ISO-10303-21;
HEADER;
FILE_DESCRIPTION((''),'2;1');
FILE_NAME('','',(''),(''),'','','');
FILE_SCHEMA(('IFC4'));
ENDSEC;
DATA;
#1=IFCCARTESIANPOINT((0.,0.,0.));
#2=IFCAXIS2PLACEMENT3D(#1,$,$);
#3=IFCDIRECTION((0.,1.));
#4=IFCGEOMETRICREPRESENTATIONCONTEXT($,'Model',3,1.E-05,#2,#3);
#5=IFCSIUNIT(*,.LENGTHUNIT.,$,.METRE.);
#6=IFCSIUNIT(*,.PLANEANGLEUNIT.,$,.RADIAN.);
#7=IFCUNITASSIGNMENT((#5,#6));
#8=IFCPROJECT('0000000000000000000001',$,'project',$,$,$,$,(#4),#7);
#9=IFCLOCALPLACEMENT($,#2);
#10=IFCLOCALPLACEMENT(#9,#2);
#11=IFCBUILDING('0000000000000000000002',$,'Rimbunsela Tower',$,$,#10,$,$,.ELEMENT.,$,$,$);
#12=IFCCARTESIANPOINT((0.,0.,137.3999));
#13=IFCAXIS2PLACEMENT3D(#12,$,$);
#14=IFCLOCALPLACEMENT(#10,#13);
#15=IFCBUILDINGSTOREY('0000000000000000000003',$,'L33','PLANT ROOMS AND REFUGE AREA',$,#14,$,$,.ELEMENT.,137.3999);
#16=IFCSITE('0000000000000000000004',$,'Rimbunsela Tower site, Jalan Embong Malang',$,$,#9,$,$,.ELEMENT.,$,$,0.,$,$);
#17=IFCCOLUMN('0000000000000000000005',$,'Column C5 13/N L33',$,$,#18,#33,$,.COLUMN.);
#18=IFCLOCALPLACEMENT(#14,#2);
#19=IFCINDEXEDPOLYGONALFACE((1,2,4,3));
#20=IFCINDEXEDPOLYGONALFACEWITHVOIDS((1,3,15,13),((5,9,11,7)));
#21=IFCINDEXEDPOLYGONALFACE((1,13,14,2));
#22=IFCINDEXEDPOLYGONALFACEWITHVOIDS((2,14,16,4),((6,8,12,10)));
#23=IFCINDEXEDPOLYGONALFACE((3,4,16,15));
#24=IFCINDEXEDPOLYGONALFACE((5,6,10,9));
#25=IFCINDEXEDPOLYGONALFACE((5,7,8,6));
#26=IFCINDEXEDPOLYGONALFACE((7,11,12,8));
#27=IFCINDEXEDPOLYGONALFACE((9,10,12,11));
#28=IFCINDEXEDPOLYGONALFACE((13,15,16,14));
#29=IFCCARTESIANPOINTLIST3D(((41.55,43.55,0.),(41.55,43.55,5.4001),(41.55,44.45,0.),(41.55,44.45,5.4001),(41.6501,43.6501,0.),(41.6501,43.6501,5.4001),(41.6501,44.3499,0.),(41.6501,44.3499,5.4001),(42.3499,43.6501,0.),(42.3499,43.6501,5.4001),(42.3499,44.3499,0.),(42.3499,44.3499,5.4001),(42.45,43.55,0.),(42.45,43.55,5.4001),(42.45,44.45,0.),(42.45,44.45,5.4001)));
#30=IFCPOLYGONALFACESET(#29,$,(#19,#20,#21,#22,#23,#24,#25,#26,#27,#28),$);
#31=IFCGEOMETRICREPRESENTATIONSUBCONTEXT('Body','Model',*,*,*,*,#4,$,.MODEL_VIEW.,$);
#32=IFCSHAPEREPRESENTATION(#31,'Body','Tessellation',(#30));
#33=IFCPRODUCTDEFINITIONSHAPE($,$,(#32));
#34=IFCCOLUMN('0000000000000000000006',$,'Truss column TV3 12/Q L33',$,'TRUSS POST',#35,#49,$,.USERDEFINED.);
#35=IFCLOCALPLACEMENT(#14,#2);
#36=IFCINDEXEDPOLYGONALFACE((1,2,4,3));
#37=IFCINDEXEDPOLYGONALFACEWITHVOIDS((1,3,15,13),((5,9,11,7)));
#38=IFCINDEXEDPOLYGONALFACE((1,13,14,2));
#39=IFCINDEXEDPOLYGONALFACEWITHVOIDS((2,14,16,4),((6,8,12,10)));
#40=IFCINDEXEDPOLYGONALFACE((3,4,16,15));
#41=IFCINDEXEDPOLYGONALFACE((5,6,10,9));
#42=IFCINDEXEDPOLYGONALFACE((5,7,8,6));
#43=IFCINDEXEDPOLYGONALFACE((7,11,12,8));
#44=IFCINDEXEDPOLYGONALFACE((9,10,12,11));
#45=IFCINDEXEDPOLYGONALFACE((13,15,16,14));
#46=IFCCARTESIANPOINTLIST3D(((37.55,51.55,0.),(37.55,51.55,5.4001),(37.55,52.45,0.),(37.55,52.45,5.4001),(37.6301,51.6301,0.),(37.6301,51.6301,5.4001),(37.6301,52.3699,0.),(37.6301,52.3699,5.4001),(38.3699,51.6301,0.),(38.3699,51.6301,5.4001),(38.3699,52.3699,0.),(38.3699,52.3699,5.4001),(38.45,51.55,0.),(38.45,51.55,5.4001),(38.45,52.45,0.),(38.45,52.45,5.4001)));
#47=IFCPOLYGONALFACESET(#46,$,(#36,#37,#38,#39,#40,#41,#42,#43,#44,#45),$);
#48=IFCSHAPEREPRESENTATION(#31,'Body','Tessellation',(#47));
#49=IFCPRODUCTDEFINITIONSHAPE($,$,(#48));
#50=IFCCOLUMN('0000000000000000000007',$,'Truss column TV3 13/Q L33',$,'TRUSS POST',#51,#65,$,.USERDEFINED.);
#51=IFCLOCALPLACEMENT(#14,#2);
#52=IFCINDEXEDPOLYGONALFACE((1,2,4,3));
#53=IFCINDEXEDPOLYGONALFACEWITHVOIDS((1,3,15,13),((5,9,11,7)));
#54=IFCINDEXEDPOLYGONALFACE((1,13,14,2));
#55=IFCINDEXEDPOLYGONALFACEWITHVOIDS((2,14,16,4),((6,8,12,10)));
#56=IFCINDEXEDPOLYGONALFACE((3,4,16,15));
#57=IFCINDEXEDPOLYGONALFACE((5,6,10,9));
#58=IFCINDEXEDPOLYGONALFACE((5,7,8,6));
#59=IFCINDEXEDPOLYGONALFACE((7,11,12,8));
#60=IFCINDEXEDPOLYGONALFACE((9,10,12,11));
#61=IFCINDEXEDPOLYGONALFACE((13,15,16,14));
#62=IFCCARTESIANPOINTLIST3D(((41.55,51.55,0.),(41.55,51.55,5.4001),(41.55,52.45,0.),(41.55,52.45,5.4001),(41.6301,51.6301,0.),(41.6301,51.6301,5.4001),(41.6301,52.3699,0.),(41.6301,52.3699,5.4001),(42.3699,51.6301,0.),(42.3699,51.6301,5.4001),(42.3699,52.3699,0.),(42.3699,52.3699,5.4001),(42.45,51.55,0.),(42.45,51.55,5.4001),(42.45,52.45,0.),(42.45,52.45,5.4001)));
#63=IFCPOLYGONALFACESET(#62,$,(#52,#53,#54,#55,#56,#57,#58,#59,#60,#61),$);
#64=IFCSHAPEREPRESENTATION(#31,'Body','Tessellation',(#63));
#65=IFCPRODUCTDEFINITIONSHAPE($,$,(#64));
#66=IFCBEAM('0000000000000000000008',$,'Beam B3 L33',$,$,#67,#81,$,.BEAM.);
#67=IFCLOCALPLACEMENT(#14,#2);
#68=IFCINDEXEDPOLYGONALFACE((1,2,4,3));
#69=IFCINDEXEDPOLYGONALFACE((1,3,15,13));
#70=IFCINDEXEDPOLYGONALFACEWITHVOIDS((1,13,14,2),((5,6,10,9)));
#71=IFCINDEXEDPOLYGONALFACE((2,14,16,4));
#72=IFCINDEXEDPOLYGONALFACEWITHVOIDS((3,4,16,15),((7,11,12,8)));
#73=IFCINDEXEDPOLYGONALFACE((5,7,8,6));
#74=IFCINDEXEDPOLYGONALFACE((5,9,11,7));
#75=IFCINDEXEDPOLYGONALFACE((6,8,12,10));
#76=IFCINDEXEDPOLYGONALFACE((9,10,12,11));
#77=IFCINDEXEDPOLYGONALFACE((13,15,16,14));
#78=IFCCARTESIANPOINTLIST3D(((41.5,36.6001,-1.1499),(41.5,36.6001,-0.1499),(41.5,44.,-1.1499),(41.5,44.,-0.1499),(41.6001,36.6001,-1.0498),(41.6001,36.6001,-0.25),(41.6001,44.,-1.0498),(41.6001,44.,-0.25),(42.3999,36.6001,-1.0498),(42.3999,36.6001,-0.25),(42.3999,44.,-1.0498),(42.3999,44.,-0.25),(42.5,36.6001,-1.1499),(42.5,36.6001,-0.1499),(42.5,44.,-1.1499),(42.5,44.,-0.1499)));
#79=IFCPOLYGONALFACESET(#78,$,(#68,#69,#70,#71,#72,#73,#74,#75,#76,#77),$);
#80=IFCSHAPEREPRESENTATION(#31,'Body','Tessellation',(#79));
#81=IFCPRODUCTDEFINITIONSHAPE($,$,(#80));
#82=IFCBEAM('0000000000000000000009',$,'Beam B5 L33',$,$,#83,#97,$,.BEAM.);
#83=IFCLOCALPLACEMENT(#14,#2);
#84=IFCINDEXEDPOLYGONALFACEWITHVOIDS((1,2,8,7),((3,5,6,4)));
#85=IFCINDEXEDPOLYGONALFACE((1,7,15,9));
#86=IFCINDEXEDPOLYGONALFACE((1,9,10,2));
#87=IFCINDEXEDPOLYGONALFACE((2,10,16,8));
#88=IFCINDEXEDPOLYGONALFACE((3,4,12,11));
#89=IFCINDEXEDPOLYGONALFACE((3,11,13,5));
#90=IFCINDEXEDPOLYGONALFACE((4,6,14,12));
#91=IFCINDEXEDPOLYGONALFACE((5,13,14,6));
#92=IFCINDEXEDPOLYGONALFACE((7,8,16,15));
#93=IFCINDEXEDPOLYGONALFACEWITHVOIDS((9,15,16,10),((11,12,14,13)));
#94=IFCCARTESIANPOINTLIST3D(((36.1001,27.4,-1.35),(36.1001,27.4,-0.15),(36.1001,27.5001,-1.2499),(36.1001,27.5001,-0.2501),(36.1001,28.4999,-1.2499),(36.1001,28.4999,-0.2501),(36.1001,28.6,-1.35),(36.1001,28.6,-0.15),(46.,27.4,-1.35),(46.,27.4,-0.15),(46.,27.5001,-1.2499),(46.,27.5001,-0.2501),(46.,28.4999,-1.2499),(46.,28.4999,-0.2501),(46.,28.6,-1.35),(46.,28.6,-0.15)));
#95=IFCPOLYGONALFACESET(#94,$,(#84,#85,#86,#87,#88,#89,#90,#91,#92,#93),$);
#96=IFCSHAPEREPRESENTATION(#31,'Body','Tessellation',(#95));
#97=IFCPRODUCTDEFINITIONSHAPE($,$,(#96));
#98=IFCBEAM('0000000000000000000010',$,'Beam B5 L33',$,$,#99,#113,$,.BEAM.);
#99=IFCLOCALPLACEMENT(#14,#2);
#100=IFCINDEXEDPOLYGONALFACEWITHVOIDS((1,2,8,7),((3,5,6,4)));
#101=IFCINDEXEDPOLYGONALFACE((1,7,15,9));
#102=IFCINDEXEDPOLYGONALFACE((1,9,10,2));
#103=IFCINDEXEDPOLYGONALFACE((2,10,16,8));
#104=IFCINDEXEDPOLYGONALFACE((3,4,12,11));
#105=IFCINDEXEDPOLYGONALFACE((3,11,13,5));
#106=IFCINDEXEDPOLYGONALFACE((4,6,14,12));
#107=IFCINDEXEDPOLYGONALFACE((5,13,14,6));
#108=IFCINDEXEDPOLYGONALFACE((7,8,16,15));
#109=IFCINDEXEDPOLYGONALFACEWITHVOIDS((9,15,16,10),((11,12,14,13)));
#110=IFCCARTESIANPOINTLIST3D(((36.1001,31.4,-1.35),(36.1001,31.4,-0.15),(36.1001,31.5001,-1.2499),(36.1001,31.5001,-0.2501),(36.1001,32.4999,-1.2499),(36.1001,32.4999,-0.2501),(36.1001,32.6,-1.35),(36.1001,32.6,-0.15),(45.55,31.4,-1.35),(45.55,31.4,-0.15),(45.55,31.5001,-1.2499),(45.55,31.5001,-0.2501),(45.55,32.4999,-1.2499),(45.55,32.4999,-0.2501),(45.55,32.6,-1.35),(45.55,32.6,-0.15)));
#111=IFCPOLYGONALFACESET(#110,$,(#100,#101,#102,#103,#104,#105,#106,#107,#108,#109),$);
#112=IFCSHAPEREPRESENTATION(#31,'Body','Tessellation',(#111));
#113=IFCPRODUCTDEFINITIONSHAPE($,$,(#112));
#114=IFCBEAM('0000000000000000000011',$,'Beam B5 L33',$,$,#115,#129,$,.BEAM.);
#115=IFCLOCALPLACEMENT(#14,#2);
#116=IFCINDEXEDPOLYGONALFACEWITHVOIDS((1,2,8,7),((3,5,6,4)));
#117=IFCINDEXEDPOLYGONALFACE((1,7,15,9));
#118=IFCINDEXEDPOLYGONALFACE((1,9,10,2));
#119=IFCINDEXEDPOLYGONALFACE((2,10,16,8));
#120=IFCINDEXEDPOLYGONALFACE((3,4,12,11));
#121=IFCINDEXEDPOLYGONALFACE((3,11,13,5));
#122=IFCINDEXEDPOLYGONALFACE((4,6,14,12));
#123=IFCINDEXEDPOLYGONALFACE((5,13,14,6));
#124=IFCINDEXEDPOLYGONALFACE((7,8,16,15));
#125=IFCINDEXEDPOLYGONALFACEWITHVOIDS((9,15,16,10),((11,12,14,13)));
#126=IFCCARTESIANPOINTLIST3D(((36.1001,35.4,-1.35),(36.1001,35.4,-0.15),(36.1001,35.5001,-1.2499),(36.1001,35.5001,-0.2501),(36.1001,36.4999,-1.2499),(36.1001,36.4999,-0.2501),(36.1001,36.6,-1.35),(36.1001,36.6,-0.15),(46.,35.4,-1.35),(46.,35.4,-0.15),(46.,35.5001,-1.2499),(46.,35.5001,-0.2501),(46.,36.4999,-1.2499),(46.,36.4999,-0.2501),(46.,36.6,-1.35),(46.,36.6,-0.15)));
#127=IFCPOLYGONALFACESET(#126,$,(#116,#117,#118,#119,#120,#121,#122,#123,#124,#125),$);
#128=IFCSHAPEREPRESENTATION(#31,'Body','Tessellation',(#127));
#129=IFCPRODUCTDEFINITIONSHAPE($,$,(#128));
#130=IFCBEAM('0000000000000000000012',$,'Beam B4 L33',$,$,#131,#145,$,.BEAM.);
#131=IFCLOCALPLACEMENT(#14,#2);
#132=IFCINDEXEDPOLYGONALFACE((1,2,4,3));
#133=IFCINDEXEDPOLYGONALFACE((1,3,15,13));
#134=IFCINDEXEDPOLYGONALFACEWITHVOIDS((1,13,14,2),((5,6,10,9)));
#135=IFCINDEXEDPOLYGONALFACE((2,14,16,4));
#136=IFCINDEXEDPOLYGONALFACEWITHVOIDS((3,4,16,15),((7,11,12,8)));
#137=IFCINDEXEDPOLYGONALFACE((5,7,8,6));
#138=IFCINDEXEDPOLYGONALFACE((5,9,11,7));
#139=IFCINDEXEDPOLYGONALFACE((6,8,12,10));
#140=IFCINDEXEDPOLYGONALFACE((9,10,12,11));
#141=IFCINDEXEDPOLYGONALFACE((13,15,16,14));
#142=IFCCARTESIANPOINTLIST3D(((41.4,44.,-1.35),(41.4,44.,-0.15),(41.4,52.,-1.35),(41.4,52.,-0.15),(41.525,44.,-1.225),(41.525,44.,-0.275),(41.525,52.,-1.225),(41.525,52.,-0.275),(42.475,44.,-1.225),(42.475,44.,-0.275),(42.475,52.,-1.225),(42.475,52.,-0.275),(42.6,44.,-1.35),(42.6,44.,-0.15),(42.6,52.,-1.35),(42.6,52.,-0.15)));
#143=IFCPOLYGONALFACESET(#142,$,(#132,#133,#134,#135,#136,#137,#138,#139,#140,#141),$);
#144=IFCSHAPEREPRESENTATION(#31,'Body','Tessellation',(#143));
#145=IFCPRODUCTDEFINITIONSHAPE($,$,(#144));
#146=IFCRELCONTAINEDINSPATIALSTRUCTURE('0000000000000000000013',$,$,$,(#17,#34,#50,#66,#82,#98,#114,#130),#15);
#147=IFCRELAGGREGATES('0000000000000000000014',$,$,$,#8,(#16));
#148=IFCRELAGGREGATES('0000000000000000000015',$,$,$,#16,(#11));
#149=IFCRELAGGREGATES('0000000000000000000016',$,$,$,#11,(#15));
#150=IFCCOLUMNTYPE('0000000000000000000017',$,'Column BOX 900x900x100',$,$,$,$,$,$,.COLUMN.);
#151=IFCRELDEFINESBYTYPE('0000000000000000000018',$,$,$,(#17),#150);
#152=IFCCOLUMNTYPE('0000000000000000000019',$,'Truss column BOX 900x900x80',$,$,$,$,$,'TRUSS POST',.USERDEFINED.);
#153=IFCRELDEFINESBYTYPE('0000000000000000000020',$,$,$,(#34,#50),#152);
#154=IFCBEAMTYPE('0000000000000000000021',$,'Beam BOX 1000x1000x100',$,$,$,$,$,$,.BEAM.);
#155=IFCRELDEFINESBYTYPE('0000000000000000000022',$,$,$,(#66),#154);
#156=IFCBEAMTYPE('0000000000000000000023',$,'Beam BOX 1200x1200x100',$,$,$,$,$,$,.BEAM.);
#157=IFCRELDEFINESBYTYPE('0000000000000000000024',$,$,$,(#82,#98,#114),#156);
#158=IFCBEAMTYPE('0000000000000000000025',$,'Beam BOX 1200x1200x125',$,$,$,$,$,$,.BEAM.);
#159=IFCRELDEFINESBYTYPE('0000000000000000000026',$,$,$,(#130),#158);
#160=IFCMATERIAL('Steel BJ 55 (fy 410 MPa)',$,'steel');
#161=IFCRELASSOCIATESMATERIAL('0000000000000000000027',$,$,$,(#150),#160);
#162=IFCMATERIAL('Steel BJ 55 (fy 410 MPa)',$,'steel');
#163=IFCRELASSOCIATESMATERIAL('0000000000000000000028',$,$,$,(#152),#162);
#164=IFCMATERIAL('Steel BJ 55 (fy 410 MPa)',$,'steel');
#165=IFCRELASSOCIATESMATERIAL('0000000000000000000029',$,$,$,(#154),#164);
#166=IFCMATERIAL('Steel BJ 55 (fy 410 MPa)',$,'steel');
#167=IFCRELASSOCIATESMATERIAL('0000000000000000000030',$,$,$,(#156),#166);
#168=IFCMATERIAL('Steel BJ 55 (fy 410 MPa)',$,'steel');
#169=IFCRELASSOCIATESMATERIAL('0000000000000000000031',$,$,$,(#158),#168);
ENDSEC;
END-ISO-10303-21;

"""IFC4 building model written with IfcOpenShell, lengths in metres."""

from ifc_helpers import new_model, si_unit, direction, frame, origin, origin_2d, place, context, subcontext, project, spatial, hollow_rectangle, extrude, material, material_profile, profile_set, type_object, element, save


model = new_model("IFC4")

# Units and contexts
model_context = context("Model", 3, precision=1e-05, world=origin(), true_north=direction((0.0, 1.0)))
body_context = subcontext(model_context, "Body", "Model", "MODEL_VIEW")
ifc_project = project(units=[si_unit("LENGTHUNIT", "METRE"), si_unit("PLANEANGLEUNIT", "RADIAN")], contexts=[model_context])

# Site, building, storey
site_placement = place(None, origin())
site = spatial("IfcSite", under=ifc_project, at=site_placement, Name="Rimbunsela Tower site, Jalan Embong Malang", CompositionType="ELEMENT", RefElevation=0.0)
building_placement = place(site_placement, origin())
building = spatial("IfcBuilding", under=site, at=building_placement, Name="Rimbunsela Tower", CompositionType="ELEMENT")
storey_placement = place(building_placement, frame((0.0, 0.0, 137.3999)))
storey = spatial("IfcBuildingStorey", under=building, at=storey_placement, Name="L33", Description="PLANT ROOMS AND REFUGE AREA", CompositionType="ELEMENT", Elevation=137.3999)

# Columns
ifc_material_1 = material(Name="Steel BJ 55 (fy 410 MPa)", Category="steel")
ifc_material_profile_1 = material_profile(ifc_material_1, hollow_rectangle(XDim=0.8999, YDim=0.8999, WallThickness=0.1001, at=origin_2d()), Name="BOX 900x900x100")
ifc_profile_set_1 = profile_set([ifc_material_profile_1], Name="Steel BJ 55 (fy 410 MPa)")
column_type_1 = type_object("IfcColumnType", Name="Column BOX 900x900x100", PredefinedType="COLUMN", material=ifc_profile_set_1)
column_placement = place(storey_placement, frame((42.0, 44.0, 0.0), z_axis=(0.0, 0.0, 1.0), x_axis=(1.0, 0.0, 0.0)))
element("IfcColumn", 1, at=column_placement, inside=storey, type_object=column_type_1, Name="Column C5 13/N L33", PredefinedType="COLUMN", context=body_context, shape_type="SweptSolid", body=[
    extrude(hollow_rectangle(XDim=0.8999, YDim=0.8999, WallThickness=0.1001, at=origin_2d()), origin(), (0.0, 0.0, 1.0), 5.4001),
])
ifc_material_2 = material(Name="Steel BJ 55 (fy 410 MPa)", Category="steel")
ifc_material_profile_2 = material_profile(ifc_material_2, hollow_rectangle(XDim=0.8999, YDim=0.8999, WallThickness=0.0801, at=origin_2d()), Name="BOX 900x900x80")
ifc_profile_set_2 = profile_set([ifc_material_profile_2], Name="Steel BJ 55 (fy 410 MPa)")
column_type_2 = type_object("IfcColumnType", Name="Truss column BOX 900x900x80", ElementType="TRUSS POST", PredefinedType="USERDEFINED", material=ifc_profile_set_2)
for number, where, z_axis, x_axis, name in (
    (2, (38.0, 52.0, 0.0), (0.0, 0.0, 1.0), (1.0, 0.0, 0.0), "Truss column TV3 12/Q L33"),
    (3, (42.0, 52.0, 0.0), (0.0, 0.0, 1.0), (1.0, 0.0, 0.0), "Truss column TV3 13/Q L33"),
):
    element("IfcColumn", number, at=place(storey_placement, frame(where, z_axis=z_axis, x_axis=x_axis)), inside=storey, type_object=column_type_2, Name=name, ObjectType="TRUSS POST", PredefinedType="USERDEFINED", context=body_context, shape_type="SweptSolid", body=[
        extrude(hollow_rectangle(XDim=0.8999, YDim=0.8999, WallThickness=0.0801, at=origin_2d()), origin(), (0.0, 0.0, 1.0), 5.4001),
    ])

# Beams
ifc_material_3 = material(Name="Steel BJ 55 (fy 410 MPa)", Category="steel")
ifc_material_profile_3 = material_profile(ifc_material_3, hollow_rectangle(XDim=1.0, YDim=1.0, WallThickness=0.1001, at=origin_2d()), Name="BOX 1000x1000x100")
ifc_profile_set_3 = profile_set([ifc_material_profile_3], Name="Steel BJ 55 (fy 410 MPa)")
beam_type_1 = type_object("IfcBeamType", Name="Beam BOX 1000x1000x100", PredefinedType="BEAM", material=ifc_profile_set_3)
beam_1_placement = place(storey_placement, frame((42.0, 36.6001, -0.6499), z_axis=(0.0, 1.0, 0.0), x_axis=(-1.0, 0.0, 0.0)))
element("IfcBeam", 4, at=beam_1_placement, inside=storey, type_object=beam_type_1, Name="Beam B3 L33", PredefinedType="BEAM", context=body_context, shape_type="SweptSolid", body=[
    extrude(hollow_rectangle(XDim=1.0, YDim=1.0, WallThickness=0.1001, at=origin_2d()), origin(), (0.0, 0.0, 1.0), 7.3999),
])
ifc_material_4 = material(Name="Steel BJ 55 (fy 410 MPa)", Category="steel")
ifc_material_profile_4 = material_profile(ifc_material_4, hollow_rectangle(XDim=1.2, YDim=1.2, WallThickness=0.1001, at=origin_2d()), Name="BOX 1200x1200x100")
ifc_profile_set_4 = profile_set([ifc_material_profile_4], Name="Steel BJ 55 (fy 410 MPa)")
beam_type_2 = type_object("IfcBeamType", Name="Beam BOX 1200x1200x100", PredefinedType="BEAM", material=ifc_profile_set_4)
beam_2_placement = place(storey_placement, frame((36.1001, 28.0, -0.75), z_axis=(1.0, 0.0, 0.0), x_axis=(0.0, 1.0, 0.0)))
element("IfcBeam", 5, at=beam_2_placement, inside=storey, type_object=beam_type_2, Name="Beam B5 L33", PredefinedType="BEAM", context=body_context, shape_type="SweptSolid", body=[
    extrude(hollow_rectangle(XDim=1.2, YDim=1.2, WallThickness=0.1001, at=origin_2d()), origin(), (0.0, 0.0, 1.0), 9.8999),
])
beam_3_placement = place(storey_placement, frame((36.1001, 32.0, -0.75), z_axis=(1.0, 0.0, 0.0), x_axis=(0.0, 1.0, 0.0)))
element("IfcBeam", 6, at=beam_3_placement, inside=storey, type_object=beam_type_2, Name="Beam B5 L33", PredefinedType="BEAM", context=body_context, shape_type="SweptSolid", body=[
    extrude(hollow_rectangle(XDim=1.2, YDim=1.2, WallThickness=0.1001, at=origin_2d()), origin(), (0.0, 0.0, 1.0), 9.45),
])
beam_4_placement = place(storey_placement, frame((36.1001, 36.0, -0.75), z_axis=(1.0, 0.0, 0.0), x_axis=(0.0, 1.0, 0.0)))
element("IfcBeam", 7, at=beam_4_placement, inside=storey, type_object=beam_type_2, Name="Beam B5 L33", PredefinedType="BEAM", context=body_context, shape_type="SweptSolid", body=[
    extrude(hollow_rectangle(XDim=1.2, YDim=1.2, WallThickness=0.1001, at=origin_2d()), origin(), (0.0, 0.0, 1.0), 9.8999),
])
ifc_material_5 = material(Name="Steel BJ 55 (fy 410 MPa)", Category="steel")
ifc_material_profile_5 = material_profile(ifc_material_5, hollow_rectangle(XDim=1.2, YDim=1.2, WallThickness=0.125, at=origin_2d()), Name="BOX 1200x1200x125")
ifc_profile_set_5 = profile_set([ifc_material_profile_5], Name="Steel BJ 55 (fy 410 MPa)")
beam_type_3 = type_object("IfcBeamType", Name="Beam BOX 1200x1200x125", PredefinedType="BEAM", material=ifc_profile_set_5)
beam_5_placement = place(storey_placement, frame((42.0, 44.0, -0.75), z_axis=(0.0, 1.0, 0.0), x_axis=(-1.0, 0.0, 0.0)))
element("IfcBeam", 8, at=beam_5_placement, inside=storey, type_object=beam_type_3, Name="Beam B4 L33", PredefinedType="BEAM", context=body_context, shape_type="SweptSolid", body=[
    extrude(hollow_rectangle(XDim=1.2, YDim=1.2, WallThickness=0.125, at=origin_2d()), origin(), (0.0, 0.0, 1.0), 8.0),
])

save(model, "model.ifc")
